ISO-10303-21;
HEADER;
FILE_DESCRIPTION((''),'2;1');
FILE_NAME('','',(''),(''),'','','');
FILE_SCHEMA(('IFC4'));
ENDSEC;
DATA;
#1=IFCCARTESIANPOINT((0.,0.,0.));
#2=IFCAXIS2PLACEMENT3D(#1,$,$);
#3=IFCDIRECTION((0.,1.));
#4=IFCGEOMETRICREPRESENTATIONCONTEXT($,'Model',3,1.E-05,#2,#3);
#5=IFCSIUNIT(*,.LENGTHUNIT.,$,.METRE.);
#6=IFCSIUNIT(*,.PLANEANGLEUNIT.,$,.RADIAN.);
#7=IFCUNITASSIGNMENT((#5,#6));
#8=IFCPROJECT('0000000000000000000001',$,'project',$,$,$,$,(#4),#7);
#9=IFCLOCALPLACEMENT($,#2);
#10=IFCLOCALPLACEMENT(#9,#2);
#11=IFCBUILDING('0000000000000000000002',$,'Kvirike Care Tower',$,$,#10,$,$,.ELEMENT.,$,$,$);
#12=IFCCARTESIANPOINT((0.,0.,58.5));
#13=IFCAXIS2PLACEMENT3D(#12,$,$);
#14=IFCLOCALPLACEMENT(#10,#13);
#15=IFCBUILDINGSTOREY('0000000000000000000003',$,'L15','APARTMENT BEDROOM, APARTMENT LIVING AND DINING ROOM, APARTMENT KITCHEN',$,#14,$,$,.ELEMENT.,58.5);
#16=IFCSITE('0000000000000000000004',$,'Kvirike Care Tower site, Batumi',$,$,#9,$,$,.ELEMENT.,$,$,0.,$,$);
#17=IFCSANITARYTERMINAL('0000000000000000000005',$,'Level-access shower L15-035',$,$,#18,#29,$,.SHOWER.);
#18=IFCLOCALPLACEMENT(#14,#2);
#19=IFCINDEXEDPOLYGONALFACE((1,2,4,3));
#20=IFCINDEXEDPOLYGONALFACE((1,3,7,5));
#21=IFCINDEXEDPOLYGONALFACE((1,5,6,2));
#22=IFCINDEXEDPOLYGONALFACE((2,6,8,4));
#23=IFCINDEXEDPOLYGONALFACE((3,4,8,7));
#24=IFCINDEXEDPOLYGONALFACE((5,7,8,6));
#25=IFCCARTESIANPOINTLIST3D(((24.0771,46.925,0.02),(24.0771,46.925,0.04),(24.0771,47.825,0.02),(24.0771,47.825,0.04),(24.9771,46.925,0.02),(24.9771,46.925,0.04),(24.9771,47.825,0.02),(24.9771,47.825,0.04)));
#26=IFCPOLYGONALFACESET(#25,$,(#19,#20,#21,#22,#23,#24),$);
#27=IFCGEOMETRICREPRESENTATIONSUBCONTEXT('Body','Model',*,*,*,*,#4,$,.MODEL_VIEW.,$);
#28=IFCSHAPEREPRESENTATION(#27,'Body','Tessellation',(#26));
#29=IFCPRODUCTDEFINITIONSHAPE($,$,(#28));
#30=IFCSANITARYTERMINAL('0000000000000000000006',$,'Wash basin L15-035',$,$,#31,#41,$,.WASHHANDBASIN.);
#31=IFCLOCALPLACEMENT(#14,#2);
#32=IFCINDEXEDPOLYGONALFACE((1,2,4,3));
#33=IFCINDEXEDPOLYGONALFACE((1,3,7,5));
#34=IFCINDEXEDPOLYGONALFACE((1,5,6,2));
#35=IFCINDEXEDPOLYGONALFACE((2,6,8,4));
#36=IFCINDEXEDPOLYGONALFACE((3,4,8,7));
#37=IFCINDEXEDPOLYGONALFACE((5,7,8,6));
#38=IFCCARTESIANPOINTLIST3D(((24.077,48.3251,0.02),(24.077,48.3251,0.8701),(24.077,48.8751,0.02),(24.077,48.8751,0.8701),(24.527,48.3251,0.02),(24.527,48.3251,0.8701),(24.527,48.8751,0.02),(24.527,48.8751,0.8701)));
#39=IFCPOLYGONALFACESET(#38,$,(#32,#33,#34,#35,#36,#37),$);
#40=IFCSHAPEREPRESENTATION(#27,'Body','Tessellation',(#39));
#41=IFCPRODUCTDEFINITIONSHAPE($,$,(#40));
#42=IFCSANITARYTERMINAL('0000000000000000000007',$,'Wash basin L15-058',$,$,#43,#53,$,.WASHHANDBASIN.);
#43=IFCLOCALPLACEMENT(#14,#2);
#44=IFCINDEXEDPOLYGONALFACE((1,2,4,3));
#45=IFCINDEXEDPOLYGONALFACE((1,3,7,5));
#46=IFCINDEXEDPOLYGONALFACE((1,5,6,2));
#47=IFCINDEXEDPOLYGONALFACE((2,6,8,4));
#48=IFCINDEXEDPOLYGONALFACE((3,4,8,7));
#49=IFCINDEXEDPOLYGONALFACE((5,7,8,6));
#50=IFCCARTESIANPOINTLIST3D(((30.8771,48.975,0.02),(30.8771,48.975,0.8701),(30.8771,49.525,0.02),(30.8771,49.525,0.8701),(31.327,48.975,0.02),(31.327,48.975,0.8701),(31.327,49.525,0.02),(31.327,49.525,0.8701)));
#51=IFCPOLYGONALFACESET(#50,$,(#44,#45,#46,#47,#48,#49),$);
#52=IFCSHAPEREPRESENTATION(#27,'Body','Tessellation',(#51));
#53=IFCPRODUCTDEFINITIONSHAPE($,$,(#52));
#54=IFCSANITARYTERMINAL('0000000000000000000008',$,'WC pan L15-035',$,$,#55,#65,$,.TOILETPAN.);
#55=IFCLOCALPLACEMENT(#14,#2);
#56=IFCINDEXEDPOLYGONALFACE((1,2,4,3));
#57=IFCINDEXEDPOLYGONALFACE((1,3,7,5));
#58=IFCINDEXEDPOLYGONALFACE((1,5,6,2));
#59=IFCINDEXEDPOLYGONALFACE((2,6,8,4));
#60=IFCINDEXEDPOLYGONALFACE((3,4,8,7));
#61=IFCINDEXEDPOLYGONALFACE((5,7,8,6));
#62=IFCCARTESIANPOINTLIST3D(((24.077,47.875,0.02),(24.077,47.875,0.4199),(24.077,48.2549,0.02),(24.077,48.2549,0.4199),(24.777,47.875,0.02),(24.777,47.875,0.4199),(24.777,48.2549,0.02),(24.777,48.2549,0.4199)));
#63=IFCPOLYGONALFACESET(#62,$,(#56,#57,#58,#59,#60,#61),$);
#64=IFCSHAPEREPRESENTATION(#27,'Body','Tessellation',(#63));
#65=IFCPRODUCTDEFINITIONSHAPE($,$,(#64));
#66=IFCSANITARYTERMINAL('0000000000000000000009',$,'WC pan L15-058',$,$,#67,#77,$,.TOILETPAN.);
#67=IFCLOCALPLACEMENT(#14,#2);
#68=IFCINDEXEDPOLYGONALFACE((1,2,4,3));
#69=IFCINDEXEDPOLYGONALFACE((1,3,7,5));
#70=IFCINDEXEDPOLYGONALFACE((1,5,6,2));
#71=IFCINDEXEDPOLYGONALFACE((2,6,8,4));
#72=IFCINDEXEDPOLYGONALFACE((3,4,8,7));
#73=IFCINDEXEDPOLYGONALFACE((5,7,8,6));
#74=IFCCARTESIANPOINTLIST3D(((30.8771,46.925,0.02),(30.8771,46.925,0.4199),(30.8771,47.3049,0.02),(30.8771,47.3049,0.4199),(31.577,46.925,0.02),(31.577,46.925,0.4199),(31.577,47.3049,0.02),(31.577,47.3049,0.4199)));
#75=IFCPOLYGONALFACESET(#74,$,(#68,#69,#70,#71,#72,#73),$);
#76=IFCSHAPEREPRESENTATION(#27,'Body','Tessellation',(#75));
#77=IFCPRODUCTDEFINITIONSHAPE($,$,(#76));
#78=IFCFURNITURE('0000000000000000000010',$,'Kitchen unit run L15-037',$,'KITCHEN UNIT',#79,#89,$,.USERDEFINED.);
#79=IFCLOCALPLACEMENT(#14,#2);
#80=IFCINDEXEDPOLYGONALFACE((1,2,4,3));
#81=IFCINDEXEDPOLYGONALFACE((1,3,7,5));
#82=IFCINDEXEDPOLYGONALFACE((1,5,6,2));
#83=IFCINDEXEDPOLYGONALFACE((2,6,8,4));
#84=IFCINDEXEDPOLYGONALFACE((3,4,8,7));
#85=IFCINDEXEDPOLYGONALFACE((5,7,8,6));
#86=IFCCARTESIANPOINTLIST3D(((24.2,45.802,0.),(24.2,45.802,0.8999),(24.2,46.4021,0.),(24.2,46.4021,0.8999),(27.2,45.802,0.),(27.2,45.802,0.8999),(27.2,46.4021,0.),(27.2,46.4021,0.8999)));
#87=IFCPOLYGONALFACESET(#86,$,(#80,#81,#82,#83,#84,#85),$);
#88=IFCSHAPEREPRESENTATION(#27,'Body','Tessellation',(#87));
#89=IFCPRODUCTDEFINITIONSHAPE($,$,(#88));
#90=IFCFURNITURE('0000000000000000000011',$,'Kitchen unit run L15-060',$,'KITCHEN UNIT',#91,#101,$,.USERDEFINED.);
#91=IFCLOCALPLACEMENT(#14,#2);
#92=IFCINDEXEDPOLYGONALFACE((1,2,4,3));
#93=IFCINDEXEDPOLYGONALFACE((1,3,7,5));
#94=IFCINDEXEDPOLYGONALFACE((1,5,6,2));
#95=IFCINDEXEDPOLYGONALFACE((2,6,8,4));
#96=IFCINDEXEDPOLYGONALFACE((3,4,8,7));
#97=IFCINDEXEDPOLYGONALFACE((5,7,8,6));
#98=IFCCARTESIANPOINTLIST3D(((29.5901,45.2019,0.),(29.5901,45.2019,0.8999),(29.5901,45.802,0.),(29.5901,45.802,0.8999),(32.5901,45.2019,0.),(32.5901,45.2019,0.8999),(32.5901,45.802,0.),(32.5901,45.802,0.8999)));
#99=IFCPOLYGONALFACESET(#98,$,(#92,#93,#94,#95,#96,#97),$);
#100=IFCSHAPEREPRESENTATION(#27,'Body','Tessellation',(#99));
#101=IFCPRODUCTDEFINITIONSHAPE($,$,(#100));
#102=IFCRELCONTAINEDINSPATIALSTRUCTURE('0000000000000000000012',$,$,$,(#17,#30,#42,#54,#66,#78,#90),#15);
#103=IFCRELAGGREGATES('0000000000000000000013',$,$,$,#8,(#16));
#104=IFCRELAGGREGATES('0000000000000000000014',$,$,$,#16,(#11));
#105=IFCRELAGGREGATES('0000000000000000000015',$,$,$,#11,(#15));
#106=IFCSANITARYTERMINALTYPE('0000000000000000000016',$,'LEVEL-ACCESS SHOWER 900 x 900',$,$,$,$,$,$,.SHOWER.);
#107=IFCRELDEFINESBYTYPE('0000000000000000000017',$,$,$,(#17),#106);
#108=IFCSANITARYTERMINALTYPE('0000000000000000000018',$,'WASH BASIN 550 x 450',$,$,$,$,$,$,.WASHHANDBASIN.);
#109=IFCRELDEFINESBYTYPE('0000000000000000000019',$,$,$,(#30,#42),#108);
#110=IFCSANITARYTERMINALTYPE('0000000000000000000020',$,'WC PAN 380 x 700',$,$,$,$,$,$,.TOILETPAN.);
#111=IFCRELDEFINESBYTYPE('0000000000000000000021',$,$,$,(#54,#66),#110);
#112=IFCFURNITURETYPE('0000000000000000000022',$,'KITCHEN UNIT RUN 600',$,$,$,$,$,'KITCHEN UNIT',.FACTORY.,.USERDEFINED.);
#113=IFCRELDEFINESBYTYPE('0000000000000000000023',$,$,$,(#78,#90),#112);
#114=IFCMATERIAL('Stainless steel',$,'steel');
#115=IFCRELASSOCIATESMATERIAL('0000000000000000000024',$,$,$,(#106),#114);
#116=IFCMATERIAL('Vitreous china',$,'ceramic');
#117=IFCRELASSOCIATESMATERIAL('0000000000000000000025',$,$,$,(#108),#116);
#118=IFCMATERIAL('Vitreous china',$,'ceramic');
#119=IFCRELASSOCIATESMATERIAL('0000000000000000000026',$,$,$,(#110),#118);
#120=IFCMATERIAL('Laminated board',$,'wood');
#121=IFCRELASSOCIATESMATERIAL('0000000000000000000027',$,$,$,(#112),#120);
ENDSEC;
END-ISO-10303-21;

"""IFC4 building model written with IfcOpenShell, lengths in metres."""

from ifc_helpers import new_model, si_unit, direction, frame, origin, origin_2d, place, context, subcontext, project, spatial, rectangle, extrude, material, type_object, element, save


model = new_model("IFC4")

# Units and contexts
model_context = context("Model", 3, precision=1e-05, world=origin(), true_north=direction((0.0, 1.0)))
body_context = subcontext(model_context, "Body", "Model", "MODEL_VIEW")
ifc_project = project(units=[si_unit("LENGTHUNIT", "METRE"), si_unit("PLANEANGLEUNIT", "RADIAN")], contexts=[model_context])

# Site, building, storey
site_placement = place(None, origin())
site = spatial("IfcSite", under=ifc_project, at=site_placement, Name="Kvirike Care Tower site, Batumi", CompositionType="ELEMENT", RefElevation=0.0)
building_placement = place(site_placement, origin())
building = spatial("IfcBuilding", under=site, at=building_placement, Name="Kvirike Care Tower", CompositionType="ELEMENT")
storey_placement = place(building_placement, frame((0.0, 0.0, 58.5)))
storey = spatial("IfcBuildingStorey", under=building, at=storey_placement, Name="L15", Description="APARTMENT BEDROOM, APARTMENT LIVING AND DINING ROOM, APARTMENT KITCHEN", CompositionType="ELEMENT", Elevation=58.5)

# Sanitary terminals
ifc_material_1 = material(Name="Stainless steel", Category="steel")
sanitary_terminal_type_1 = type_object("IfcSanitaryTerminalType", Name="LEVEL-ACCESS SHOWER 900 x 900", PredefinedType="SHOWER", material=ifc_material_1)
sanitary_terminal_1_placement = place(storey_placement, frame((24.5271, 47.375, 0.02), z_axis=(0.0, 0.0, 1.0), x_axis=(0.0, 1.0, 0.0)))
element("IfcSanitaryTerminal", 1, at=sanitary_terminal_1_placement, inside=storey, type_object=sanitary_terminal_type_1, Name="Level-access shower L15-035", PredefinedType="SHOWER", context=body_context, shape_type="SweptSolid", body=[
    extrude(rectangle(XDim=0.8999, YDim=0.8999, at=origin_2d()), origin(), (0.0, 0.0, 1.0), 0.02),
])
ifc_material_2 = material(Name="Vitreous china", Category="ceramic")
sanitary_terminal_type_2 = type_object("IfcSanitaryTerminalType", Name="WASH BASIN 550 x 450", PredefinedType="WASHHANDBASIN", material=ifc_material_2)
for number, where, z_axis, x_axis, name in (
    (2, (24.302, 48.6001, 0.02), (0.0, 0.0, 1.0), (0.0, 1.0, 0.0), "Wash basin L15-035"),
    (3, (31.1021, 49.25, 0.02), (0.0, 0.0, 1.0), (0.0, 1.0, 0.0), "Wash basin L15-058"),
):
    element("IfcSanitaryTerminal", number, at=place(storey_placement, frame(where, z_axis=z_axis, x_axis=x_axis)), inside=storey, type_object=sanitary_terminal_type_2, Name=name, PredefinedType="WASHHANDBASIN", context=body_context, shape_type="SweptSolid", body=[
        extrude(rectangle(XDim=0.55, YDim=0.45, at=origin_2d()), origin(), (0.0, 0.0, 1.0), 0.8501),
    ])
ifc_material_3 = material(Name="Vitreous china", Category="ceramic")
sanitary_terminal_type_3 = type_object("IfcSanitaryTerminalType", Name="WC PAN 380 x 700", PredefinedType="TOILETPAN", material=ifc_material_3)
for number, where, z_axis, x_axis, name in (
    (4, (24.427, 48.0649, 0.02), (0.0, 0.0, 1.0), (0.0, 1.0, 0.0), "WC pan L15-035"),
    (5, (31.2271, 47.115, 0.02), (0.0, 0.0, 1.0), (0.0, 1.0, 0.0), "WC pan L15-058"),
):
    element("IfcSanitaryTerminal", number, at=place(storey_placement, frame(where, z_axis=z_axis, x_axis=x_axis)), inside=storey, type_object=sanitary_terminal_type_3, Name=name, PredefinedType="TOILETPAN", context=body_context, shape_type="SweptSolid", body=[
        extrude(rectangle(XDim=0.3799, YDim=0.7, at=origin_2d()), origin(), (0.0, 0.0, 1.0), 0.3999),
    ])

# Furniture
ifc_material_4 = material(Name="Laminated board", Category="wood")
furniture_type = type_object("IfcFurnitureType", Name="KITCHEN UNIT RUN 600", ElementType="KITCHEN UNIT", AssemblyPlace="FACTORY", PredefinedType="USERDEFINED", material=ifc_material_4)
for number, where, z_axis, x_axis, name in (
    (6, (25.7, 46.1021, 0.0), (0.0, 0.0, 1.0), (-1.0, 0.0, 0.0), "Kitchen unit run L15-037"),
    (7, (31.0901, 45.502, 0.0), (0.0, 0.0, 1.0), (-1.0, 0.0, 0.0), "Kitchen unit run L15-060"),
):
    element("IfcFurniture", number, at=place(storey_placement, frame(where, z_axis=z_axis, x_axis=x_axis)), inside=storey, type_object=furniture_type, Name=name, ObjectType="KITCHEN UNIT", PredefinedType="USERDEFINED", context=body_context, shape_type="SweptSolid", body=[
        extrude(rectangle(XDim=3.0, YDim=0.6001, at=origin_2d()), origin(), (0.0, 0.0, 1.0), 0.8999),
    ])

save(model, "model.ifc")
